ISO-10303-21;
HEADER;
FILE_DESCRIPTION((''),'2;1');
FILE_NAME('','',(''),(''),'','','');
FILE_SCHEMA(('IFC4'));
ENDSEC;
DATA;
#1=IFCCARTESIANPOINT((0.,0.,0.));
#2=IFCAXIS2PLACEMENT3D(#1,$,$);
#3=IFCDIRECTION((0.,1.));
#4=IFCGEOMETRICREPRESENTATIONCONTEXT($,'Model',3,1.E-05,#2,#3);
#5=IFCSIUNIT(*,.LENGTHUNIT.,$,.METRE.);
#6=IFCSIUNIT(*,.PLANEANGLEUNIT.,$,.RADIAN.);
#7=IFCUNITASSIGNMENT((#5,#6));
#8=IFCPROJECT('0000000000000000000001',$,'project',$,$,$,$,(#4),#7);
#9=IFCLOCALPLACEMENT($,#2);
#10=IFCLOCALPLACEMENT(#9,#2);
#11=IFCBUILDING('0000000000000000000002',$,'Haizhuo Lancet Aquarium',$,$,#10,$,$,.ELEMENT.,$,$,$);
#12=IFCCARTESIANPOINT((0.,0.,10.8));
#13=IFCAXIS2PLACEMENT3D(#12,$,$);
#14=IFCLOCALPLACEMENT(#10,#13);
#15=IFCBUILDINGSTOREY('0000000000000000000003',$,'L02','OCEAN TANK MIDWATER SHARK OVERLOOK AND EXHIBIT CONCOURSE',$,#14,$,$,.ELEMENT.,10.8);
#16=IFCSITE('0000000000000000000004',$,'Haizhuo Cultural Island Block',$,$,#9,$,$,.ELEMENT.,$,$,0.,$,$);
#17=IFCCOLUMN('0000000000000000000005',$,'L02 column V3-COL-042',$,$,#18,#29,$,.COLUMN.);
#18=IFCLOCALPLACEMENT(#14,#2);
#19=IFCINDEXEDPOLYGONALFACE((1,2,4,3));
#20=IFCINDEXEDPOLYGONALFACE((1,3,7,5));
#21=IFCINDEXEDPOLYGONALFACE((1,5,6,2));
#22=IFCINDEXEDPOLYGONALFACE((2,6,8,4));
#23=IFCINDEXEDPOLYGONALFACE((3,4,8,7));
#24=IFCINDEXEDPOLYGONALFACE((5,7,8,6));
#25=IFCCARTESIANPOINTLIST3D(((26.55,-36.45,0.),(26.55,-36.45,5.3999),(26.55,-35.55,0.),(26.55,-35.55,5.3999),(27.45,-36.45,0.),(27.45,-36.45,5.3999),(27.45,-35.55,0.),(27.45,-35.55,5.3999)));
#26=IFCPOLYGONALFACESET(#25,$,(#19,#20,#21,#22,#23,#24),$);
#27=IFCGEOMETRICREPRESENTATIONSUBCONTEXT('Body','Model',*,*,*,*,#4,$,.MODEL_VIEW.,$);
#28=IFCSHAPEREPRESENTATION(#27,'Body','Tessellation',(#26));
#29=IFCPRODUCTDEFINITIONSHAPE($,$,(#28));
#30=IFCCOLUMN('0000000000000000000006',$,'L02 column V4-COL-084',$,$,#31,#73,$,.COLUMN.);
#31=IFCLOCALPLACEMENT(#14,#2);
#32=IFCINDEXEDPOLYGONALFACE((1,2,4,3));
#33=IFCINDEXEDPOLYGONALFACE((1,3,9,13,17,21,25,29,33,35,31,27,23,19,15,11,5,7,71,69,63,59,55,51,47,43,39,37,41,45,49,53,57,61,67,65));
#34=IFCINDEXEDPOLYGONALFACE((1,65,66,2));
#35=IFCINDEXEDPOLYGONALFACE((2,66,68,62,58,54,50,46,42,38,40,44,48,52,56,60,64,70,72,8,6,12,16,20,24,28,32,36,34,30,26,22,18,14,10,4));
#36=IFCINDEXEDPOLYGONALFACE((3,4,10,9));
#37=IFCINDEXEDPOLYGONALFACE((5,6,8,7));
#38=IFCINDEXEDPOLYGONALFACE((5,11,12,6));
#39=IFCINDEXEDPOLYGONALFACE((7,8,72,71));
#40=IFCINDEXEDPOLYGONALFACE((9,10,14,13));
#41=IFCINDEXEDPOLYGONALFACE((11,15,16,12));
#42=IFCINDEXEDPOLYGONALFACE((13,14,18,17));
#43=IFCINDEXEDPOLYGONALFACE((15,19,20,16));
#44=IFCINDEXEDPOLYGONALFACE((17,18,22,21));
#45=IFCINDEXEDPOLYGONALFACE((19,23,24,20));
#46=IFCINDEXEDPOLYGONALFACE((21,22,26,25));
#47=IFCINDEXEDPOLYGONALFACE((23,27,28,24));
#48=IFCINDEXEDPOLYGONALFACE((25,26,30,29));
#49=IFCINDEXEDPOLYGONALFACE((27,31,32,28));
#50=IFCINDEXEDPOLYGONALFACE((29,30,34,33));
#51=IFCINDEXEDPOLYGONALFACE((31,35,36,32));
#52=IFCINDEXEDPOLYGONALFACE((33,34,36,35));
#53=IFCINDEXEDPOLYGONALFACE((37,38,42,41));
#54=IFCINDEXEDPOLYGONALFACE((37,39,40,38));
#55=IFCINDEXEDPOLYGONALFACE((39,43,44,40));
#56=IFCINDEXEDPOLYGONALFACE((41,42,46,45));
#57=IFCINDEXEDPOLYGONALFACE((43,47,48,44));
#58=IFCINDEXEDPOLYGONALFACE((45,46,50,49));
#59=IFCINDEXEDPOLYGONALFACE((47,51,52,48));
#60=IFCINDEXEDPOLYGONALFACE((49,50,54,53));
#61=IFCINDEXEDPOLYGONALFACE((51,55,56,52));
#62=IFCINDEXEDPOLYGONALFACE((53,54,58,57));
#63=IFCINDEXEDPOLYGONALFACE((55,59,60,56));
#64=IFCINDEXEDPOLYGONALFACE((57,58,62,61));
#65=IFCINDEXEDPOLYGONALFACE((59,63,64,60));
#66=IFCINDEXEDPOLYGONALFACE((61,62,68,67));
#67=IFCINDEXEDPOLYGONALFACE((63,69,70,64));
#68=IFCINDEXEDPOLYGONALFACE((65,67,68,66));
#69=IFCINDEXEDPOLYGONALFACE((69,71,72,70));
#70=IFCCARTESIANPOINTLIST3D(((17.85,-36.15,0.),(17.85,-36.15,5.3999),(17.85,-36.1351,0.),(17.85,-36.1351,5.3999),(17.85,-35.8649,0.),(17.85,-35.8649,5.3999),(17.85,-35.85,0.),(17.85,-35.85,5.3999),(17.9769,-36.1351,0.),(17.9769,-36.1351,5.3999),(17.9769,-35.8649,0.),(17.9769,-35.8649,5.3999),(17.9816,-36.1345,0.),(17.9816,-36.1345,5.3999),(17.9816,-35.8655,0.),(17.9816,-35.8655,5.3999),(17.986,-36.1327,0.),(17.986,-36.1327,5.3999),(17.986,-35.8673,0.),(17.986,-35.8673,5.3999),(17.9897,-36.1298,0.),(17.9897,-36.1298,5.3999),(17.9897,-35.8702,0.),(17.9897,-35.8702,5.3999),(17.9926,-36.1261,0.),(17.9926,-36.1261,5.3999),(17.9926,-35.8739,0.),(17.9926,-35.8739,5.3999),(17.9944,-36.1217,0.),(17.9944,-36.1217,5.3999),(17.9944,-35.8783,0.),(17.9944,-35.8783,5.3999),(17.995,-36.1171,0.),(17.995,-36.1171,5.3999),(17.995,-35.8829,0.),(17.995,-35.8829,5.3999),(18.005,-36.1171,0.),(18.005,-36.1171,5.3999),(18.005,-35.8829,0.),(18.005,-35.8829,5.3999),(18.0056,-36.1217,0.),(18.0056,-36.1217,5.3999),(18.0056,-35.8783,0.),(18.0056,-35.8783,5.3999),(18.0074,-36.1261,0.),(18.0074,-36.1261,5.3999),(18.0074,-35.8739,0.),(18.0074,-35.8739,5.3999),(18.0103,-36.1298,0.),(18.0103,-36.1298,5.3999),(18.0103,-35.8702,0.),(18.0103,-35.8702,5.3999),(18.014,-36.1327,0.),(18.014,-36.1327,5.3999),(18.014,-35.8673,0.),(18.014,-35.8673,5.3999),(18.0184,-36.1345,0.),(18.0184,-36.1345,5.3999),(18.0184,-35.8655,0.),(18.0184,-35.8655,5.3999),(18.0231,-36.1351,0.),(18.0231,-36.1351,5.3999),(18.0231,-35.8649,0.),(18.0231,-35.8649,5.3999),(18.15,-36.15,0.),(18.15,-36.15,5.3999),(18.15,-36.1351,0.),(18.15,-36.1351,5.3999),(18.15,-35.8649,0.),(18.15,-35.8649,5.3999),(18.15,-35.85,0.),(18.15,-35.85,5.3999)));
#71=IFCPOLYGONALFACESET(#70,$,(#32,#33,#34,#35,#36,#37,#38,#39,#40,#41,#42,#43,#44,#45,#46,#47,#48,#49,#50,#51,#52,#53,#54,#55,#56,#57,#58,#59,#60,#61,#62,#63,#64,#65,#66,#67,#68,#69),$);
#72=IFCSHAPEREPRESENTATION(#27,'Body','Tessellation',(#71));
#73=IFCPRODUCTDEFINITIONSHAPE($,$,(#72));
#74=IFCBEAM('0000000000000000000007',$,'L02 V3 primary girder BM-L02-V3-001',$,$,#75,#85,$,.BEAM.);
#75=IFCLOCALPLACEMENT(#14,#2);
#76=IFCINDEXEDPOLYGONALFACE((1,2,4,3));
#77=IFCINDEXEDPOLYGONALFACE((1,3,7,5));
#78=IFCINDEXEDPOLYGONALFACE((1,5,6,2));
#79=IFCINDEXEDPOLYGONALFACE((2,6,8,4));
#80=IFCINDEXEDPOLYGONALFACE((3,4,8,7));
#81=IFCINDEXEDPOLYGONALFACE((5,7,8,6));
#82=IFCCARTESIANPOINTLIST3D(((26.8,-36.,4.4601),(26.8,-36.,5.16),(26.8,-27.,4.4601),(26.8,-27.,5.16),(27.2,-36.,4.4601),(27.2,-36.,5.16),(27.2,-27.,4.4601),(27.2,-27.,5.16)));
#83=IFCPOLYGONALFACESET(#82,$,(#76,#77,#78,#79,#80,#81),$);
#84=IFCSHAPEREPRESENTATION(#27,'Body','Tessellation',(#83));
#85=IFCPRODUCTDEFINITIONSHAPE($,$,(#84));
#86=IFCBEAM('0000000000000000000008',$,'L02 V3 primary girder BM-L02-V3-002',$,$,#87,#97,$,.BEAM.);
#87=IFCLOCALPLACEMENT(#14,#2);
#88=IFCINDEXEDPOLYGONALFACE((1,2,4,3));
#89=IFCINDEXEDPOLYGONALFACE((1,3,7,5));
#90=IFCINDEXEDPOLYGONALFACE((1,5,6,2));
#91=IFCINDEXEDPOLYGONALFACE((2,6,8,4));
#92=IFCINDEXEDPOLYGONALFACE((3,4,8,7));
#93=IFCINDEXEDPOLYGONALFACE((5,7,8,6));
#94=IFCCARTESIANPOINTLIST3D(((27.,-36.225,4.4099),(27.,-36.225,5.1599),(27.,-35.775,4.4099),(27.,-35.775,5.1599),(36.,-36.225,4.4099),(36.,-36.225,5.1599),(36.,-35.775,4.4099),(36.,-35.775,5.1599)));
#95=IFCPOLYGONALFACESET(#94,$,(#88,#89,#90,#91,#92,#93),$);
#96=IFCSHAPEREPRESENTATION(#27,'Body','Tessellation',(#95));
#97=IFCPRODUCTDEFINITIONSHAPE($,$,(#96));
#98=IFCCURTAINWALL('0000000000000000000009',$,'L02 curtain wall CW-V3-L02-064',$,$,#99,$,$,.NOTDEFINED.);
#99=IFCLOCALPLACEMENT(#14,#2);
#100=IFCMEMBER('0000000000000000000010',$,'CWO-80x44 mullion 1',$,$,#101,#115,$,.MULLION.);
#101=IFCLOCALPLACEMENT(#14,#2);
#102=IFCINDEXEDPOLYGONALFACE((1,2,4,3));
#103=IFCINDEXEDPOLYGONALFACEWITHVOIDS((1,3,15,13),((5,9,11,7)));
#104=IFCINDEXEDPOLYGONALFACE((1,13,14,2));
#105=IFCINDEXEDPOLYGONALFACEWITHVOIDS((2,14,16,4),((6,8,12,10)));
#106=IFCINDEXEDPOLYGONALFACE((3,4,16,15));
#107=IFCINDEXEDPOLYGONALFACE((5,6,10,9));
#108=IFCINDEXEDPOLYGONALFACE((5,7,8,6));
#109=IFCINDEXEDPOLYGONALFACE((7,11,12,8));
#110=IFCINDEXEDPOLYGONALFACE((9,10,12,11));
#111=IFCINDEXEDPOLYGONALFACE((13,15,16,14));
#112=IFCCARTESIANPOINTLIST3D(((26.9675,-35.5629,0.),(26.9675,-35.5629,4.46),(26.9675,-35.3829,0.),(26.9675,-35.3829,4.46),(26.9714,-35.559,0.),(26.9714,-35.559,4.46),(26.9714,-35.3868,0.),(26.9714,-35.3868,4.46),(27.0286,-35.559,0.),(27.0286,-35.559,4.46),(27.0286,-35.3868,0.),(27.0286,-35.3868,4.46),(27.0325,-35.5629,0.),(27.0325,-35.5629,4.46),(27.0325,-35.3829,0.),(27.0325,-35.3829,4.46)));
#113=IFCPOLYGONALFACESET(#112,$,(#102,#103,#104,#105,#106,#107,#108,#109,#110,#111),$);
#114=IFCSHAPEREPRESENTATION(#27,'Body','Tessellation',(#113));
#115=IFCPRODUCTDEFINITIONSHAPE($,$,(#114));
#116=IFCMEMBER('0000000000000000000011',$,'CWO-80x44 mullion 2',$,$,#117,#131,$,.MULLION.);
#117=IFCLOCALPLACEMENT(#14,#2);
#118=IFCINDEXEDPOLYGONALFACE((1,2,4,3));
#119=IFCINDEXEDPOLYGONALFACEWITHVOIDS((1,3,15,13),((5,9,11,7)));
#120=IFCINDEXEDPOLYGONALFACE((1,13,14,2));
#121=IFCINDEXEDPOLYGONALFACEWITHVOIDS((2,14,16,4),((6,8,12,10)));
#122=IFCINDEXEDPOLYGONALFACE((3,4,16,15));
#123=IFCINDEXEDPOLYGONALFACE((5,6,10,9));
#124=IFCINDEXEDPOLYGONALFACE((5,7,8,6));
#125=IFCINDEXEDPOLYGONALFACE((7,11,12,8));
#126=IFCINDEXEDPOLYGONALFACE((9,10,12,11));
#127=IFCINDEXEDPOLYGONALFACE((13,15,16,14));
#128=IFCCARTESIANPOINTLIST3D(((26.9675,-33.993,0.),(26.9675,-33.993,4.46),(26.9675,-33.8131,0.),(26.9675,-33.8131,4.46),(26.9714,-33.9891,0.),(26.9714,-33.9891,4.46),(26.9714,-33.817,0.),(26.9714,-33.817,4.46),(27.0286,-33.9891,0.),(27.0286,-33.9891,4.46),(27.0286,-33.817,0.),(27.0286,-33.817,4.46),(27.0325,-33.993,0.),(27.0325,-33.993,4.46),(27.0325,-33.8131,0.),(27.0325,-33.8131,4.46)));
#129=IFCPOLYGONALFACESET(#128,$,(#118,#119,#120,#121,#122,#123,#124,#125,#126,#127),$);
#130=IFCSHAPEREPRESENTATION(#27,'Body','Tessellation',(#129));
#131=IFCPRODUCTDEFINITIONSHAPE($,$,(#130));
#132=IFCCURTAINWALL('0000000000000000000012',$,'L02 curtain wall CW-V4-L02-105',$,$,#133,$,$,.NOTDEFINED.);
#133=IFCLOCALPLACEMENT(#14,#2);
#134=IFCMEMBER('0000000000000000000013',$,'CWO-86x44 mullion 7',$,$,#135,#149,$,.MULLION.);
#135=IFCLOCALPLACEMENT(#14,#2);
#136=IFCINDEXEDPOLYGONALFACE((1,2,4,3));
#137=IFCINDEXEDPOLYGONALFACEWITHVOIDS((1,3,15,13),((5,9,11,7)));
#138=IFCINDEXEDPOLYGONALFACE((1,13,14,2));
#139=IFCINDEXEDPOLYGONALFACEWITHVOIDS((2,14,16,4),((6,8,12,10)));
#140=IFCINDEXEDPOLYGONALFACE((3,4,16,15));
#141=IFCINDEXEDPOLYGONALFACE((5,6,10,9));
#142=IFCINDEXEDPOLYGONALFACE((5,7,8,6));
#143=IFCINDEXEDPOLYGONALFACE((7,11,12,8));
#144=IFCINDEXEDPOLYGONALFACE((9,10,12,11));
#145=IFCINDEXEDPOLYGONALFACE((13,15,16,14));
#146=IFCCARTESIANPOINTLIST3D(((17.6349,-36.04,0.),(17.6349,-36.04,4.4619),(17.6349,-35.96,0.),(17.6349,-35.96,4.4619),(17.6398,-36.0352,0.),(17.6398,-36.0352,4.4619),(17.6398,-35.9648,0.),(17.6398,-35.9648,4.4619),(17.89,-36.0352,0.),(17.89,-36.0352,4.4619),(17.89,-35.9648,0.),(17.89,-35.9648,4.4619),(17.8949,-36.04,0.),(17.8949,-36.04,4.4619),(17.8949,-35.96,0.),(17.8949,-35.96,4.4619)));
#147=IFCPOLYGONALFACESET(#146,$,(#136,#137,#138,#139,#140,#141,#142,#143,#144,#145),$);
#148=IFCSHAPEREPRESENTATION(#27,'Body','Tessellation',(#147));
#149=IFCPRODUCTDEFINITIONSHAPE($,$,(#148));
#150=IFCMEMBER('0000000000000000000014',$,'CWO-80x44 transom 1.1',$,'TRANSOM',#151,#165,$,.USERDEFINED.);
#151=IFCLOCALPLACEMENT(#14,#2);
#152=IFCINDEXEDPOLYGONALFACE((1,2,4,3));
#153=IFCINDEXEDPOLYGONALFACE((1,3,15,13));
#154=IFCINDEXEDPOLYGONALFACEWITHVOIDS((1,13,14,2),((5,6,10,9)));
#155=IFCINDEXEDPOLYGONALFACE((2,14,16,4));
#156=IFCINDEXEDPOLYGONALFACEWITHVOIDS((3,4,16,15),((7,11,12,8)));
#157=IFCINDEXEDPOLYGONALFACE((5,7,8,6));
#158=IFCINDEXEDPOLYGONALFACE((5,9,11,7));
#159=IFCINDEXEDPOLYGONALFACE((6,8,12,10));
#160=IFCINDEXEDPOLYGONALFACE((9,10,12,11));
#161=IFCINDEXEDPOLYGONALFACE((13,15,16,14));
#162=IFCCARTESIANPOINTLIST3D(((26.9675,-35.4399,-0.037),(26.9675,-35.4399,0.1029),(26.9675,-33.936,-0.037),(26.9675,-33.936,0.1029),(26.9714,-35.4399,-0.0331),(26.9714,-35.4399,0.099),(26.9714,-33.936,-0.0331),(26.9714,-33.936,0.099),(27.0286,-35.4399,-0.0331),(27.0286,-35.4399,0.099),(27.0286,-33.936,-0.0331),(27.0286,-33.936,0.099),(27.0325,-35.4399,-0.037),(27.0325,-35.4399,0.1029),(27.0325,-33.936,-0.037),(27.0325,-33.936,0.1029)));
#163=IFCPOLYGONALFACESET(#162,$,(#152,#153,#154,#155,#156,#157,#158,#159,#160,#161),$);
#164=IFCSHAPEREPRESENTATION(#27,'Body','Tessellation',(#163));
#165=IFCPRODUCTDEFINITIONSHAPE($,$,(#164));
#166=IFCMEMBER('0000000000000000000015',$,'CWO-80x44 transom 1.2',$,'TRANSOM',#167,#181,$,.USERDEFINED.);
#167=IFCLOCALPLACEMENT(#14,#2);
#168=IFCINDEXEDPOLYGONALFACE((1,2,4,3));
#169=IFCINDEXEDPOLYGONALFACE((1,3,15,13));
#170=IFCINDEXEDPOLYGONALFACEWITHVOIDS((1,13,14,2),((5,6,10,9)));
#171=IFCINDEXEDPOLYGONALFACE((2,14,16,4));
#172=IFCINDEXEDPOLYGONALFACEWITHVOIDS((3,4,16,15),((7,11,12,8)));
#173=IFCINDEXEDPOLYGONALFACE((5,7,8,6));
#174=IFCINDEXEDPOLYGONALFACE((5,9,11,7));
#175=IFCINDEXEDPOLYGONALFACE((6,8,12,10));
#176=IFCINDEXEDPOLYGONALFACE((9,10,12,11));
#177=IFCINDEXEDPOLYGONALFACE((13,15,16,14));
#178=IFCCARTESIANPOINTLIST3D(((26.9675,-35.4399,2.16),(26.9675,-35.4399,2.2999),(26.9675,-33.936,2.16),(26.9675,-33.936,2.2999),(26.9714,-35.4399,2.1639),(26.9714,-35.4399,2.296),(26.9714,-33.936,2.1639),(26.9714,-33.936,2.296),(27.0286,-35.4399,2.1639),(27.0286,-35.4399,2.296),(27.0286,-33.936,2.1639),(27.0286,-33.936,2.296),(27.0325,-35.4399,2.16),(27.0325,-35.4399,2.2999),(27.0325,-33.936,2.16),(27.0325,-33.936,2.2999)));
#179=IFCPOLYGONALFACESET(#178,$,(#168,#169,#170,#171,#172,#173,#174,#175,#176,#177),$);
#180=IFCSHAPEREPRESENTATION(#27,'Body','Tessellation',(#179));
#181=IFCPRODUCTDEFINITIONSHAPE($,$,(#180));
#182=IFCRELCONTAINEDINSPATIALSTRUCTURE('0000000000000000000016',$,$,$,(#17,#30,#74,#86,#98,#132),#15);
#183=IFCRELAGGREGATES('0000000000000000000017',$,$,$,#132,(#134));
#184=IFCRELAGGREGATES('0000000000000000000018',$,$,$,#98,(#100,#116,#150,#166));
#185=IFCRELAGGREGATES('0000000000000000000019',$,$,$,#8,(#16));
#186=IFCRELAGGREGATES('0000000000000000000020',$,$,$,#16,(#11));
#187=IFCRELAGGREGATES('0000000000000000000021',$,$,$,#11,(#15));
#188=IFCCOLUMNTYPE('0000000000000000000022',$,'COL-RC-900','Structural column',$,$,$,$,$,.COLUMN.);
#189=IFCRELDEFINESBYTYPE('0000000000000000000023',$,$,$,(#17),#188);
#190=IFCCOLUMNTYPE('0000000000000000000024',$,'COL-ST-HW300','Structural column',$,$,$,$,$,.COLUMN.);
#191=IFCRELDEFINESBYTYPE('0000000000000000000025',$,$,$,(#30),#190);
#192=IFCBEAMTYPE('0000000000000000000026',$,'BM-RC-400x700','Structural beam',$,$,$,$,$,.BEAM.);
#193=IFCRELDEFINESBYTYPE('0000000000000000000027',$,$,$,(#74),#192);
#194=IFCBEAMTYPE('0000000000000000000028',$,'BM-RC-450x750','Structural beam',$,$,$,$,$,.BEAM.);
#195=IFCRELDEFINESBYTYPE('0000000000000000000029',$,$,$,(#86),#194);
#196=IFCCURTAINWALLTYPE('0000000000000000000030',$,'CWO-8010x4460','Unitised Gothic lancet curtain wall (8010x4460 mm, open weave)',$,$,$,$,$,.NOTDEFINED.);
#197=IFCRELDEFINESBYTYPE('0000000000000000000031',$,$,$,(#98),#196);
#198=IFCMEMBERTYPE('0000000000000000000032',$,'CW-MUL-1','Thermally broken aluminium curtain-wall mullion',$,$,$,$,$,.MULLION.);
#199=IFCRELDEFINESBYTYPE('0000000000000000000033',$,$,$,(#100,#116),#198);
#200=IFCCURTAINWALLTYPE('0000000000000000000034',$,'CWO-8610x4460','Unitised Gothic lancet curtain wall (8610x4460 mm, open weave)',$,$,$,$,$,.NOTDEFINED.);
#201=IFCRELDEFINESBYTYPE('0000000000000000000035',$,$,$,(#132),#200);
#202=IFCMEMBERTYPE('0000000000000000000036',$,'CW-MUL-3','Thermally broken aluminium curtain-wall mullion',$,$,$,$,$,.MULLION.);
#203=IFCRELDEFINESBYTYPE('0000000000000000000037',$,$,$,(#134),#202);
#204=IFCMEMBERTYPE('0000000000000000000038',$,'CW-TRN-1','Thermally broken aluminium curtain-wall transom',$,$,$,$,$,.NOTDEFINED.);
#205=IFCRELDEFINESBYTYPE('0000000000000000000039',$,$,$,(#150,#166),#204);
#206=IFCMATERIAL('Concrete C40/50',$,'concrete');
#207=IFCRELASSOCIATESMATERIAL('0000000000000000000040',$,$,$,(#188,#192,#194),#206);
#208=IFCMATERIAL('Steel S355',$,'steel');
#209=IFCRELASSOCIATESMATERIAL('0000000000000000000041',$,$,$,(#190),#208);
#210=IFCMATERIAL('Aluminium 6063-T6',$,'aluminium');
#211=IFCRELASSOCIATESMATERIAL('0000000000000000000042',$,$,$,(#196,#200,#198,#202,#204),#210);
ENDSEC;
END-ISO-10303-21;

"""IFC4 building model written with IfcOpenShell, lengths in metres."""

from ifc_helpers import new_model, si_unit, direction, frame, origin, origin_2d, place, context, subcontext, project, spatial, rectangle, hollow_rectangle, i_section, extrude, material, material_profile, profile_set, type_object, element, aggregate, save


model = new_model("IFC4")

# Units and contexts
model_context = context("Model", 3, precision=1e-05, world=origin(), true_north=direction((0.0, 1.0)))
body_context = subcontext(model_context, "Body", "Model", "MODEL_VIEW")
ifc_project = project(units=[si_unit("LENGTHUNIT", "METRE"), si_unit("PLANEANGLEUNIT", "RADIAN")], contexts=[model_context])

# Site, building, storey
site_placement = place(None, origin())
site = spatial("IfcSite", under=ifc_project, at=site_placement, Name="Haizhuo Cultural Island Block", CompositionType="ELEMENT", RefElevation=0.0)
building_placement = place(site_placement, origin())
building = spatial("IfcBuilding", under=site, at=building_placement, Name="Haizhuo Lancet Aquarium", CompositionType="ELEMENT")
storey_placement = place(building_placement, frame((0.0, 0.0, 10.8)))
storey = spatial("IfcBuildingStorey", under=building, at=storey_placement, Name="L02", Description="OCEAN TANK MIDWATER SHARK OVERLOOK AND EXHIBIT CONCOURSE", CompositionType="ELEMENT", Elevation=10.8)

# Columns
ifc_material_1 = material(Name="Concrete C40/50", Category="concrete")
ifc_material_profile_1 = material_profile(ifc_material_1, rectangle(XDim=0.8999, YDim=0.8999, at=origin_2d()), Name="RC-COL 900x900")
ifc_profile_set_1 = profile_set([ifc_material_profile_1], Name="Concrete C40/50")
column_type_1 = type_object("IfcColumnType", Name="COL-RC-900", Description="Structural column", PredefinedType="COLUMN", material=ifc_profile_set_1)
column_1_placement = place(storey_placement, frame((27.0, -36.0, 0.0), z_axis=(0.0, 0.0, 1.0), x_axis=(1.0, 0.0, 0.0)))
element("IfcColumn", 1, at=column_1_placement, inside=storey, type_object=column_type_1, Name="L02 column V3-COL-042", PredefinedType="COLUMN", context=body_context, shape_type="SweptSolid", body=[
    extrude(rectangle(XDim=0.8999, YDim=0.8999, at=origin_2d()), origin(), (0.0, 0.0, 1.0), 5.3999),
])
ifc_material_2 = material(Name="Steel S355", Category="steel")
ifc_material_profile_2 = material_profile(ifc_material_2, i_section(OverallWidth=0.3, OverallDepth=0.3, WebThickness=0.01, FlangeThickness=0.0149, FilletRadius=0.0181, at=origin_2d()), Name="HW 300x300x10x15")
ifc_profile_set_2 = profile_set([ifc_material_profile_2], Name="Steel S355")
column_type_2 = type_object("IfcColumnType", Name="COL-ST-HW300", Description="Structural column", PredefinedType="COLUMN", material=ifc_profile_set_2)
column_2_placement = place(storey_placement, frame((18.0, -36.0, 0.0), z_axis=(0.0, 0.0, 1.0), x_axis=(1.0, 0.0, 0.0)))
element("IfcColumn", 2, at=column_2_placement, inside=storey, type_object=column_type_2, Name="L02 column V4-COL-084", PredefinedType="COLUMN", context=body_context, shape_type="SweptSolid", body=[
    extrude(i_section(OverallWidth=0.3, OverallDepth=0.3, WebThickness=0.01, FlangeThickness=0.0149, FilletRadius=0.0181, at=origin_2d()), origin(), (0.0, 0.0, 1.0), 5.3999),
])

# Beams
ifc_material_profile_3 = material_profile(ifc_material_1, rectangle(XDim=0.3999, YDim=0.7, at=origin_2d()), Name="RC-BM 400x700")
ifc_profile_set_3 = profile_set([ifc_material_profile_3], Name="Concrete C40/50")
beam_type_1 = type_object("IfcBeamType", Name="BM-RC-400x700", Description="Structural beam", PredefinedType="BEAM", material=ifc_profile_set_3)
beam_1_placement = place(storey_placement, frame((27.0, -36.0, 4.8101), z_axis=(0.0, 1.0, 0.0), x_axis=(-1.0, 0.0, 0.0)))
element("IfcBeam", 3, at=beam_1_placement, inside=storey, type_object=beam_type_1, Name="L02 V3 primary girder BM-L02-V3-001", PredefinedType="BEAM", context=body_context, shape_type="SweptSolid", body=[
    extrude(rectangle(XDim=0.3999, YDim=0.7, at=origin_2d()), origin(), (0.0, 0.0, 1.0), 9.0),
])
ifc_material_profile_4 = material_profile(ifc_material_1, rectangle(XDim=0.45, YDim=0.75, at=origin_2d()), Name="RC-BM 450x750")
ifc_profile_set_4 = profile_set([ifc_material_profile_4], Name="Concrete C40/50")
beam_type_2 = type_object("IfcBeamType", Name="BM-RC-450x750", Description="Structural beam", PredefinedType="BEAM", material=ifc_profile_set_4)
beam_2_placement = place(storey_placement, frame((27.0, -36.0, 4.7849), z_axis=(1.0, 0.0, 0.0), x_axis=(0.0, 1.0, 0.0)))
element("IfcBeam", 4, at=beam_2_placement, inside=storey, type_object=beam_type_2, Name="L02 V3 primary girder BM-L02-V3-002", PredefinedType="BEAM", context=body_context, shape_type="SweptSolid", body=[
    extrude(rectangle(XDim=0.45, YDim=0.75, at=origin_2d()), origin(), (0.0, 0.0, 1.0), 9.0),
])

# Curtain wall, members
ifc_material_3 = material(Name="Aluminium 6063-T6", Category="aluminium")
curtain_wall_type_1 = type_object("IfcCurtainWallType", Name="CWO-8010x4460", Description="Unitised Gothic lancet curtain wall (8010x4460 mm, open weave)", PredefinedType="NOTDEFINED", material=ifc_material_3)
curtain_wall_1_placement = place(storey_placement, origin())
curtain_wall_1 = element("IfcCurtainWall", 5, at=curtain_wall_1_placement, inside=storey, type_object=curtain_wall_type_1, Name="L02 curtain wall CW-V3-L02-064", PredefinedType="NOTDEFINED")
ifc_material_profile_5 = material_profile(ifc_material_3, hollow_rectangle(XDim=0.0649, YDim=0.1799, WallThickness=0.0039, at=origin_2d()), Name="ALU-M 65x180x4")
ifc_profile_set_5 = profile_set([ifc_material_profile_5], Name="Aluminium 6063-T6")
member_type_1 = type_object("IfcMemberType", Name="CW-MUL-1", Description="Thermally broken aluminium curtain-wall mullion", PredefinedType="MULLION", material=ifc_profile_set_5)
member_1_placement = place(storey_placement, frame((27.0, -35.4729, 0.0), z_axis=(0.0, 0.0, 1.0), x_axis=(-1.0, 0.0, 0.0)))
member_1 = element("IfcMember", 6, at=member_1_placement, type_object=member_type_1, Name="CWO-80x44 mullion 1", PredefinedType="MULLION", context=body_context, shape_type="SweptSolid", body=[
    extrude(hollow_rectangle(XDim=0.0649, YDim=0.1799, WallThickness=0.0039, at=origin_2d()), origin(), (0.0, 0.0, 1.0), 4.46),
])
member_2_placement = place(storey_placement, frame((27.0, -33.9031, 0.0), z_axis=(0.0, 0.0, 1.0), x_axis=(-1.0, 0.0, 0.0)))
member_2 = element("IfcMember", 7, at=member_2_placement, type_object=member_type_1, Name="CWO-80x44 mullion 2", PredefinedType="MULLION", context=body_context, shape_type="SweptSolid", body=[
    extrude(hollow_rectangle(XDim=0.0649, YDim=0.1799, WallThickness=0.0039, at=origin_2d()), origin(), (0.0, 0.0, 1.0), 4.46),
])

# Curtain wall, member
curtain_wall_type_2 = type_object("IfcCurtainWallType", Name="CWO-8610x4460", Description="Unitised Gothic lancet curtain wall (8610x4460 mm, open weave)", PredefinedType="NOTDEFINED", material=ifc_material_3)
curtain_wall_2_placement = place(storey_placement, origin())
curtain_wall_2 = element("IfcCurtainWall", 8, at=curtain_wall_2_placement, inside=storey, type_object=curtain_wall_type_2, Name="L02 curtain wall CW-V4-L02-105", PredefinedType="NOTDEFINED")
ifc_material_profile_6 = material_profile(ifc_material_3, hollow_rectangle(XDim=0.0801, YDim=0.26, WallThickness=0.0049, at=origin_2d()), Name="ALU-M 80x260x5")
ifc_profile_set_6 = profile_set([ifc_material_profile_6], Name="Aluminium 6063-T6")
member_type_2 = type_object("IfcMemberType", Name="CW-MUL-3", Description="Thermally broken aluminium curtain-wall mullion", PredefinedType="MULLION", material=ifc_profile_set_6)
member_3_placement = place(storey_placement, frame((17.7649, -36.0, 0.0), z_axis=(0.0, 0.0, 1.0), x_axis=(0.0, 1.0, 0.0)))
member_3 = element("IfcMember", 9, at=member_3_placement, type_object=member_type_2, Name="CWO-86x44 mullion 7", PredefinedType="MULLION", context=body_context, shape_type="SweptSolid", body=[
    extrude(hollow_rectangle(XDim=0.0801, YDim=0.26, WallThickness=0.0049, at=origin_2d()), origin(), (0.0, 0.0, 1.0), 4.4619),
])

# Members
ifc_material_profile_7 = material_profile(ifc_material_3, hollow_rectangle(XDim=0.0649, YDim=0.1399, WallThickness=0.0039, at=origin_2d()), Name="ALU-T 65x140x4")
ifc_profile_set_7 = profile_set([ifc_material_profile_7], Name="Aluminium 6063-T6")
member_type_3 = type_object("IfcMemberType", Name="CW-TRN-1", Description="Thermally broken aluminium curtain-wall transom", PredefinedType="NOTDEFINED", material=ifc_profile_set_7)
member_4_placement = place(storey_placement, frame((27.0, -35.4399, 0.033), z_axis=(0.0, 1.0, 0.0), x_axis=(-1.0, 0.0, 0.0)))
member_4 = element("IfcMember", 10, at=member_4_placement, type_object=member_type_3, Name="CWO-80x44 transom 1.1", ObjectType="TRANSOM", PredefinedType="USERDEFINED", context=body_context, shape_type="SweptSolid", body=[
    extrude(hollow_rectangle(XDim=0.0649, YDim=0.1399, WallThickness=0.0039, at=origin_2d()), origin(), (0.0, 0.0, 1.0), 1.5039),
])
member_5_placement = place(storey_placement, frame((27.0, -35.4399, 2.23), z_axis=(0.0, 1.0, 0.0), x_axis=(-1.0, 0.0, 0.0)))
member_5 = element("IfcMember", 11, at=member_5_placement, type_object=member_type_3, Name="CWO-80x44 transom 1.2", ObjectType="TRANSOM", PredefinedType="USERDEFINED", context=body_context, shape_type="SweptSolid", body=[
    extrude(hollow_rectangle(XDim=0.0649, YDim=0.1399, WallThickness=0.0039, at=origin_2d()), origin(), (0.0, 0.0, 1.0), 1.5039),
])

aggregate(curtain_wall_2, [member_3])
aggregate(curtain_wall_1, [member_1, member_2, member_4, member_5])

save(model, "model.ifc")
